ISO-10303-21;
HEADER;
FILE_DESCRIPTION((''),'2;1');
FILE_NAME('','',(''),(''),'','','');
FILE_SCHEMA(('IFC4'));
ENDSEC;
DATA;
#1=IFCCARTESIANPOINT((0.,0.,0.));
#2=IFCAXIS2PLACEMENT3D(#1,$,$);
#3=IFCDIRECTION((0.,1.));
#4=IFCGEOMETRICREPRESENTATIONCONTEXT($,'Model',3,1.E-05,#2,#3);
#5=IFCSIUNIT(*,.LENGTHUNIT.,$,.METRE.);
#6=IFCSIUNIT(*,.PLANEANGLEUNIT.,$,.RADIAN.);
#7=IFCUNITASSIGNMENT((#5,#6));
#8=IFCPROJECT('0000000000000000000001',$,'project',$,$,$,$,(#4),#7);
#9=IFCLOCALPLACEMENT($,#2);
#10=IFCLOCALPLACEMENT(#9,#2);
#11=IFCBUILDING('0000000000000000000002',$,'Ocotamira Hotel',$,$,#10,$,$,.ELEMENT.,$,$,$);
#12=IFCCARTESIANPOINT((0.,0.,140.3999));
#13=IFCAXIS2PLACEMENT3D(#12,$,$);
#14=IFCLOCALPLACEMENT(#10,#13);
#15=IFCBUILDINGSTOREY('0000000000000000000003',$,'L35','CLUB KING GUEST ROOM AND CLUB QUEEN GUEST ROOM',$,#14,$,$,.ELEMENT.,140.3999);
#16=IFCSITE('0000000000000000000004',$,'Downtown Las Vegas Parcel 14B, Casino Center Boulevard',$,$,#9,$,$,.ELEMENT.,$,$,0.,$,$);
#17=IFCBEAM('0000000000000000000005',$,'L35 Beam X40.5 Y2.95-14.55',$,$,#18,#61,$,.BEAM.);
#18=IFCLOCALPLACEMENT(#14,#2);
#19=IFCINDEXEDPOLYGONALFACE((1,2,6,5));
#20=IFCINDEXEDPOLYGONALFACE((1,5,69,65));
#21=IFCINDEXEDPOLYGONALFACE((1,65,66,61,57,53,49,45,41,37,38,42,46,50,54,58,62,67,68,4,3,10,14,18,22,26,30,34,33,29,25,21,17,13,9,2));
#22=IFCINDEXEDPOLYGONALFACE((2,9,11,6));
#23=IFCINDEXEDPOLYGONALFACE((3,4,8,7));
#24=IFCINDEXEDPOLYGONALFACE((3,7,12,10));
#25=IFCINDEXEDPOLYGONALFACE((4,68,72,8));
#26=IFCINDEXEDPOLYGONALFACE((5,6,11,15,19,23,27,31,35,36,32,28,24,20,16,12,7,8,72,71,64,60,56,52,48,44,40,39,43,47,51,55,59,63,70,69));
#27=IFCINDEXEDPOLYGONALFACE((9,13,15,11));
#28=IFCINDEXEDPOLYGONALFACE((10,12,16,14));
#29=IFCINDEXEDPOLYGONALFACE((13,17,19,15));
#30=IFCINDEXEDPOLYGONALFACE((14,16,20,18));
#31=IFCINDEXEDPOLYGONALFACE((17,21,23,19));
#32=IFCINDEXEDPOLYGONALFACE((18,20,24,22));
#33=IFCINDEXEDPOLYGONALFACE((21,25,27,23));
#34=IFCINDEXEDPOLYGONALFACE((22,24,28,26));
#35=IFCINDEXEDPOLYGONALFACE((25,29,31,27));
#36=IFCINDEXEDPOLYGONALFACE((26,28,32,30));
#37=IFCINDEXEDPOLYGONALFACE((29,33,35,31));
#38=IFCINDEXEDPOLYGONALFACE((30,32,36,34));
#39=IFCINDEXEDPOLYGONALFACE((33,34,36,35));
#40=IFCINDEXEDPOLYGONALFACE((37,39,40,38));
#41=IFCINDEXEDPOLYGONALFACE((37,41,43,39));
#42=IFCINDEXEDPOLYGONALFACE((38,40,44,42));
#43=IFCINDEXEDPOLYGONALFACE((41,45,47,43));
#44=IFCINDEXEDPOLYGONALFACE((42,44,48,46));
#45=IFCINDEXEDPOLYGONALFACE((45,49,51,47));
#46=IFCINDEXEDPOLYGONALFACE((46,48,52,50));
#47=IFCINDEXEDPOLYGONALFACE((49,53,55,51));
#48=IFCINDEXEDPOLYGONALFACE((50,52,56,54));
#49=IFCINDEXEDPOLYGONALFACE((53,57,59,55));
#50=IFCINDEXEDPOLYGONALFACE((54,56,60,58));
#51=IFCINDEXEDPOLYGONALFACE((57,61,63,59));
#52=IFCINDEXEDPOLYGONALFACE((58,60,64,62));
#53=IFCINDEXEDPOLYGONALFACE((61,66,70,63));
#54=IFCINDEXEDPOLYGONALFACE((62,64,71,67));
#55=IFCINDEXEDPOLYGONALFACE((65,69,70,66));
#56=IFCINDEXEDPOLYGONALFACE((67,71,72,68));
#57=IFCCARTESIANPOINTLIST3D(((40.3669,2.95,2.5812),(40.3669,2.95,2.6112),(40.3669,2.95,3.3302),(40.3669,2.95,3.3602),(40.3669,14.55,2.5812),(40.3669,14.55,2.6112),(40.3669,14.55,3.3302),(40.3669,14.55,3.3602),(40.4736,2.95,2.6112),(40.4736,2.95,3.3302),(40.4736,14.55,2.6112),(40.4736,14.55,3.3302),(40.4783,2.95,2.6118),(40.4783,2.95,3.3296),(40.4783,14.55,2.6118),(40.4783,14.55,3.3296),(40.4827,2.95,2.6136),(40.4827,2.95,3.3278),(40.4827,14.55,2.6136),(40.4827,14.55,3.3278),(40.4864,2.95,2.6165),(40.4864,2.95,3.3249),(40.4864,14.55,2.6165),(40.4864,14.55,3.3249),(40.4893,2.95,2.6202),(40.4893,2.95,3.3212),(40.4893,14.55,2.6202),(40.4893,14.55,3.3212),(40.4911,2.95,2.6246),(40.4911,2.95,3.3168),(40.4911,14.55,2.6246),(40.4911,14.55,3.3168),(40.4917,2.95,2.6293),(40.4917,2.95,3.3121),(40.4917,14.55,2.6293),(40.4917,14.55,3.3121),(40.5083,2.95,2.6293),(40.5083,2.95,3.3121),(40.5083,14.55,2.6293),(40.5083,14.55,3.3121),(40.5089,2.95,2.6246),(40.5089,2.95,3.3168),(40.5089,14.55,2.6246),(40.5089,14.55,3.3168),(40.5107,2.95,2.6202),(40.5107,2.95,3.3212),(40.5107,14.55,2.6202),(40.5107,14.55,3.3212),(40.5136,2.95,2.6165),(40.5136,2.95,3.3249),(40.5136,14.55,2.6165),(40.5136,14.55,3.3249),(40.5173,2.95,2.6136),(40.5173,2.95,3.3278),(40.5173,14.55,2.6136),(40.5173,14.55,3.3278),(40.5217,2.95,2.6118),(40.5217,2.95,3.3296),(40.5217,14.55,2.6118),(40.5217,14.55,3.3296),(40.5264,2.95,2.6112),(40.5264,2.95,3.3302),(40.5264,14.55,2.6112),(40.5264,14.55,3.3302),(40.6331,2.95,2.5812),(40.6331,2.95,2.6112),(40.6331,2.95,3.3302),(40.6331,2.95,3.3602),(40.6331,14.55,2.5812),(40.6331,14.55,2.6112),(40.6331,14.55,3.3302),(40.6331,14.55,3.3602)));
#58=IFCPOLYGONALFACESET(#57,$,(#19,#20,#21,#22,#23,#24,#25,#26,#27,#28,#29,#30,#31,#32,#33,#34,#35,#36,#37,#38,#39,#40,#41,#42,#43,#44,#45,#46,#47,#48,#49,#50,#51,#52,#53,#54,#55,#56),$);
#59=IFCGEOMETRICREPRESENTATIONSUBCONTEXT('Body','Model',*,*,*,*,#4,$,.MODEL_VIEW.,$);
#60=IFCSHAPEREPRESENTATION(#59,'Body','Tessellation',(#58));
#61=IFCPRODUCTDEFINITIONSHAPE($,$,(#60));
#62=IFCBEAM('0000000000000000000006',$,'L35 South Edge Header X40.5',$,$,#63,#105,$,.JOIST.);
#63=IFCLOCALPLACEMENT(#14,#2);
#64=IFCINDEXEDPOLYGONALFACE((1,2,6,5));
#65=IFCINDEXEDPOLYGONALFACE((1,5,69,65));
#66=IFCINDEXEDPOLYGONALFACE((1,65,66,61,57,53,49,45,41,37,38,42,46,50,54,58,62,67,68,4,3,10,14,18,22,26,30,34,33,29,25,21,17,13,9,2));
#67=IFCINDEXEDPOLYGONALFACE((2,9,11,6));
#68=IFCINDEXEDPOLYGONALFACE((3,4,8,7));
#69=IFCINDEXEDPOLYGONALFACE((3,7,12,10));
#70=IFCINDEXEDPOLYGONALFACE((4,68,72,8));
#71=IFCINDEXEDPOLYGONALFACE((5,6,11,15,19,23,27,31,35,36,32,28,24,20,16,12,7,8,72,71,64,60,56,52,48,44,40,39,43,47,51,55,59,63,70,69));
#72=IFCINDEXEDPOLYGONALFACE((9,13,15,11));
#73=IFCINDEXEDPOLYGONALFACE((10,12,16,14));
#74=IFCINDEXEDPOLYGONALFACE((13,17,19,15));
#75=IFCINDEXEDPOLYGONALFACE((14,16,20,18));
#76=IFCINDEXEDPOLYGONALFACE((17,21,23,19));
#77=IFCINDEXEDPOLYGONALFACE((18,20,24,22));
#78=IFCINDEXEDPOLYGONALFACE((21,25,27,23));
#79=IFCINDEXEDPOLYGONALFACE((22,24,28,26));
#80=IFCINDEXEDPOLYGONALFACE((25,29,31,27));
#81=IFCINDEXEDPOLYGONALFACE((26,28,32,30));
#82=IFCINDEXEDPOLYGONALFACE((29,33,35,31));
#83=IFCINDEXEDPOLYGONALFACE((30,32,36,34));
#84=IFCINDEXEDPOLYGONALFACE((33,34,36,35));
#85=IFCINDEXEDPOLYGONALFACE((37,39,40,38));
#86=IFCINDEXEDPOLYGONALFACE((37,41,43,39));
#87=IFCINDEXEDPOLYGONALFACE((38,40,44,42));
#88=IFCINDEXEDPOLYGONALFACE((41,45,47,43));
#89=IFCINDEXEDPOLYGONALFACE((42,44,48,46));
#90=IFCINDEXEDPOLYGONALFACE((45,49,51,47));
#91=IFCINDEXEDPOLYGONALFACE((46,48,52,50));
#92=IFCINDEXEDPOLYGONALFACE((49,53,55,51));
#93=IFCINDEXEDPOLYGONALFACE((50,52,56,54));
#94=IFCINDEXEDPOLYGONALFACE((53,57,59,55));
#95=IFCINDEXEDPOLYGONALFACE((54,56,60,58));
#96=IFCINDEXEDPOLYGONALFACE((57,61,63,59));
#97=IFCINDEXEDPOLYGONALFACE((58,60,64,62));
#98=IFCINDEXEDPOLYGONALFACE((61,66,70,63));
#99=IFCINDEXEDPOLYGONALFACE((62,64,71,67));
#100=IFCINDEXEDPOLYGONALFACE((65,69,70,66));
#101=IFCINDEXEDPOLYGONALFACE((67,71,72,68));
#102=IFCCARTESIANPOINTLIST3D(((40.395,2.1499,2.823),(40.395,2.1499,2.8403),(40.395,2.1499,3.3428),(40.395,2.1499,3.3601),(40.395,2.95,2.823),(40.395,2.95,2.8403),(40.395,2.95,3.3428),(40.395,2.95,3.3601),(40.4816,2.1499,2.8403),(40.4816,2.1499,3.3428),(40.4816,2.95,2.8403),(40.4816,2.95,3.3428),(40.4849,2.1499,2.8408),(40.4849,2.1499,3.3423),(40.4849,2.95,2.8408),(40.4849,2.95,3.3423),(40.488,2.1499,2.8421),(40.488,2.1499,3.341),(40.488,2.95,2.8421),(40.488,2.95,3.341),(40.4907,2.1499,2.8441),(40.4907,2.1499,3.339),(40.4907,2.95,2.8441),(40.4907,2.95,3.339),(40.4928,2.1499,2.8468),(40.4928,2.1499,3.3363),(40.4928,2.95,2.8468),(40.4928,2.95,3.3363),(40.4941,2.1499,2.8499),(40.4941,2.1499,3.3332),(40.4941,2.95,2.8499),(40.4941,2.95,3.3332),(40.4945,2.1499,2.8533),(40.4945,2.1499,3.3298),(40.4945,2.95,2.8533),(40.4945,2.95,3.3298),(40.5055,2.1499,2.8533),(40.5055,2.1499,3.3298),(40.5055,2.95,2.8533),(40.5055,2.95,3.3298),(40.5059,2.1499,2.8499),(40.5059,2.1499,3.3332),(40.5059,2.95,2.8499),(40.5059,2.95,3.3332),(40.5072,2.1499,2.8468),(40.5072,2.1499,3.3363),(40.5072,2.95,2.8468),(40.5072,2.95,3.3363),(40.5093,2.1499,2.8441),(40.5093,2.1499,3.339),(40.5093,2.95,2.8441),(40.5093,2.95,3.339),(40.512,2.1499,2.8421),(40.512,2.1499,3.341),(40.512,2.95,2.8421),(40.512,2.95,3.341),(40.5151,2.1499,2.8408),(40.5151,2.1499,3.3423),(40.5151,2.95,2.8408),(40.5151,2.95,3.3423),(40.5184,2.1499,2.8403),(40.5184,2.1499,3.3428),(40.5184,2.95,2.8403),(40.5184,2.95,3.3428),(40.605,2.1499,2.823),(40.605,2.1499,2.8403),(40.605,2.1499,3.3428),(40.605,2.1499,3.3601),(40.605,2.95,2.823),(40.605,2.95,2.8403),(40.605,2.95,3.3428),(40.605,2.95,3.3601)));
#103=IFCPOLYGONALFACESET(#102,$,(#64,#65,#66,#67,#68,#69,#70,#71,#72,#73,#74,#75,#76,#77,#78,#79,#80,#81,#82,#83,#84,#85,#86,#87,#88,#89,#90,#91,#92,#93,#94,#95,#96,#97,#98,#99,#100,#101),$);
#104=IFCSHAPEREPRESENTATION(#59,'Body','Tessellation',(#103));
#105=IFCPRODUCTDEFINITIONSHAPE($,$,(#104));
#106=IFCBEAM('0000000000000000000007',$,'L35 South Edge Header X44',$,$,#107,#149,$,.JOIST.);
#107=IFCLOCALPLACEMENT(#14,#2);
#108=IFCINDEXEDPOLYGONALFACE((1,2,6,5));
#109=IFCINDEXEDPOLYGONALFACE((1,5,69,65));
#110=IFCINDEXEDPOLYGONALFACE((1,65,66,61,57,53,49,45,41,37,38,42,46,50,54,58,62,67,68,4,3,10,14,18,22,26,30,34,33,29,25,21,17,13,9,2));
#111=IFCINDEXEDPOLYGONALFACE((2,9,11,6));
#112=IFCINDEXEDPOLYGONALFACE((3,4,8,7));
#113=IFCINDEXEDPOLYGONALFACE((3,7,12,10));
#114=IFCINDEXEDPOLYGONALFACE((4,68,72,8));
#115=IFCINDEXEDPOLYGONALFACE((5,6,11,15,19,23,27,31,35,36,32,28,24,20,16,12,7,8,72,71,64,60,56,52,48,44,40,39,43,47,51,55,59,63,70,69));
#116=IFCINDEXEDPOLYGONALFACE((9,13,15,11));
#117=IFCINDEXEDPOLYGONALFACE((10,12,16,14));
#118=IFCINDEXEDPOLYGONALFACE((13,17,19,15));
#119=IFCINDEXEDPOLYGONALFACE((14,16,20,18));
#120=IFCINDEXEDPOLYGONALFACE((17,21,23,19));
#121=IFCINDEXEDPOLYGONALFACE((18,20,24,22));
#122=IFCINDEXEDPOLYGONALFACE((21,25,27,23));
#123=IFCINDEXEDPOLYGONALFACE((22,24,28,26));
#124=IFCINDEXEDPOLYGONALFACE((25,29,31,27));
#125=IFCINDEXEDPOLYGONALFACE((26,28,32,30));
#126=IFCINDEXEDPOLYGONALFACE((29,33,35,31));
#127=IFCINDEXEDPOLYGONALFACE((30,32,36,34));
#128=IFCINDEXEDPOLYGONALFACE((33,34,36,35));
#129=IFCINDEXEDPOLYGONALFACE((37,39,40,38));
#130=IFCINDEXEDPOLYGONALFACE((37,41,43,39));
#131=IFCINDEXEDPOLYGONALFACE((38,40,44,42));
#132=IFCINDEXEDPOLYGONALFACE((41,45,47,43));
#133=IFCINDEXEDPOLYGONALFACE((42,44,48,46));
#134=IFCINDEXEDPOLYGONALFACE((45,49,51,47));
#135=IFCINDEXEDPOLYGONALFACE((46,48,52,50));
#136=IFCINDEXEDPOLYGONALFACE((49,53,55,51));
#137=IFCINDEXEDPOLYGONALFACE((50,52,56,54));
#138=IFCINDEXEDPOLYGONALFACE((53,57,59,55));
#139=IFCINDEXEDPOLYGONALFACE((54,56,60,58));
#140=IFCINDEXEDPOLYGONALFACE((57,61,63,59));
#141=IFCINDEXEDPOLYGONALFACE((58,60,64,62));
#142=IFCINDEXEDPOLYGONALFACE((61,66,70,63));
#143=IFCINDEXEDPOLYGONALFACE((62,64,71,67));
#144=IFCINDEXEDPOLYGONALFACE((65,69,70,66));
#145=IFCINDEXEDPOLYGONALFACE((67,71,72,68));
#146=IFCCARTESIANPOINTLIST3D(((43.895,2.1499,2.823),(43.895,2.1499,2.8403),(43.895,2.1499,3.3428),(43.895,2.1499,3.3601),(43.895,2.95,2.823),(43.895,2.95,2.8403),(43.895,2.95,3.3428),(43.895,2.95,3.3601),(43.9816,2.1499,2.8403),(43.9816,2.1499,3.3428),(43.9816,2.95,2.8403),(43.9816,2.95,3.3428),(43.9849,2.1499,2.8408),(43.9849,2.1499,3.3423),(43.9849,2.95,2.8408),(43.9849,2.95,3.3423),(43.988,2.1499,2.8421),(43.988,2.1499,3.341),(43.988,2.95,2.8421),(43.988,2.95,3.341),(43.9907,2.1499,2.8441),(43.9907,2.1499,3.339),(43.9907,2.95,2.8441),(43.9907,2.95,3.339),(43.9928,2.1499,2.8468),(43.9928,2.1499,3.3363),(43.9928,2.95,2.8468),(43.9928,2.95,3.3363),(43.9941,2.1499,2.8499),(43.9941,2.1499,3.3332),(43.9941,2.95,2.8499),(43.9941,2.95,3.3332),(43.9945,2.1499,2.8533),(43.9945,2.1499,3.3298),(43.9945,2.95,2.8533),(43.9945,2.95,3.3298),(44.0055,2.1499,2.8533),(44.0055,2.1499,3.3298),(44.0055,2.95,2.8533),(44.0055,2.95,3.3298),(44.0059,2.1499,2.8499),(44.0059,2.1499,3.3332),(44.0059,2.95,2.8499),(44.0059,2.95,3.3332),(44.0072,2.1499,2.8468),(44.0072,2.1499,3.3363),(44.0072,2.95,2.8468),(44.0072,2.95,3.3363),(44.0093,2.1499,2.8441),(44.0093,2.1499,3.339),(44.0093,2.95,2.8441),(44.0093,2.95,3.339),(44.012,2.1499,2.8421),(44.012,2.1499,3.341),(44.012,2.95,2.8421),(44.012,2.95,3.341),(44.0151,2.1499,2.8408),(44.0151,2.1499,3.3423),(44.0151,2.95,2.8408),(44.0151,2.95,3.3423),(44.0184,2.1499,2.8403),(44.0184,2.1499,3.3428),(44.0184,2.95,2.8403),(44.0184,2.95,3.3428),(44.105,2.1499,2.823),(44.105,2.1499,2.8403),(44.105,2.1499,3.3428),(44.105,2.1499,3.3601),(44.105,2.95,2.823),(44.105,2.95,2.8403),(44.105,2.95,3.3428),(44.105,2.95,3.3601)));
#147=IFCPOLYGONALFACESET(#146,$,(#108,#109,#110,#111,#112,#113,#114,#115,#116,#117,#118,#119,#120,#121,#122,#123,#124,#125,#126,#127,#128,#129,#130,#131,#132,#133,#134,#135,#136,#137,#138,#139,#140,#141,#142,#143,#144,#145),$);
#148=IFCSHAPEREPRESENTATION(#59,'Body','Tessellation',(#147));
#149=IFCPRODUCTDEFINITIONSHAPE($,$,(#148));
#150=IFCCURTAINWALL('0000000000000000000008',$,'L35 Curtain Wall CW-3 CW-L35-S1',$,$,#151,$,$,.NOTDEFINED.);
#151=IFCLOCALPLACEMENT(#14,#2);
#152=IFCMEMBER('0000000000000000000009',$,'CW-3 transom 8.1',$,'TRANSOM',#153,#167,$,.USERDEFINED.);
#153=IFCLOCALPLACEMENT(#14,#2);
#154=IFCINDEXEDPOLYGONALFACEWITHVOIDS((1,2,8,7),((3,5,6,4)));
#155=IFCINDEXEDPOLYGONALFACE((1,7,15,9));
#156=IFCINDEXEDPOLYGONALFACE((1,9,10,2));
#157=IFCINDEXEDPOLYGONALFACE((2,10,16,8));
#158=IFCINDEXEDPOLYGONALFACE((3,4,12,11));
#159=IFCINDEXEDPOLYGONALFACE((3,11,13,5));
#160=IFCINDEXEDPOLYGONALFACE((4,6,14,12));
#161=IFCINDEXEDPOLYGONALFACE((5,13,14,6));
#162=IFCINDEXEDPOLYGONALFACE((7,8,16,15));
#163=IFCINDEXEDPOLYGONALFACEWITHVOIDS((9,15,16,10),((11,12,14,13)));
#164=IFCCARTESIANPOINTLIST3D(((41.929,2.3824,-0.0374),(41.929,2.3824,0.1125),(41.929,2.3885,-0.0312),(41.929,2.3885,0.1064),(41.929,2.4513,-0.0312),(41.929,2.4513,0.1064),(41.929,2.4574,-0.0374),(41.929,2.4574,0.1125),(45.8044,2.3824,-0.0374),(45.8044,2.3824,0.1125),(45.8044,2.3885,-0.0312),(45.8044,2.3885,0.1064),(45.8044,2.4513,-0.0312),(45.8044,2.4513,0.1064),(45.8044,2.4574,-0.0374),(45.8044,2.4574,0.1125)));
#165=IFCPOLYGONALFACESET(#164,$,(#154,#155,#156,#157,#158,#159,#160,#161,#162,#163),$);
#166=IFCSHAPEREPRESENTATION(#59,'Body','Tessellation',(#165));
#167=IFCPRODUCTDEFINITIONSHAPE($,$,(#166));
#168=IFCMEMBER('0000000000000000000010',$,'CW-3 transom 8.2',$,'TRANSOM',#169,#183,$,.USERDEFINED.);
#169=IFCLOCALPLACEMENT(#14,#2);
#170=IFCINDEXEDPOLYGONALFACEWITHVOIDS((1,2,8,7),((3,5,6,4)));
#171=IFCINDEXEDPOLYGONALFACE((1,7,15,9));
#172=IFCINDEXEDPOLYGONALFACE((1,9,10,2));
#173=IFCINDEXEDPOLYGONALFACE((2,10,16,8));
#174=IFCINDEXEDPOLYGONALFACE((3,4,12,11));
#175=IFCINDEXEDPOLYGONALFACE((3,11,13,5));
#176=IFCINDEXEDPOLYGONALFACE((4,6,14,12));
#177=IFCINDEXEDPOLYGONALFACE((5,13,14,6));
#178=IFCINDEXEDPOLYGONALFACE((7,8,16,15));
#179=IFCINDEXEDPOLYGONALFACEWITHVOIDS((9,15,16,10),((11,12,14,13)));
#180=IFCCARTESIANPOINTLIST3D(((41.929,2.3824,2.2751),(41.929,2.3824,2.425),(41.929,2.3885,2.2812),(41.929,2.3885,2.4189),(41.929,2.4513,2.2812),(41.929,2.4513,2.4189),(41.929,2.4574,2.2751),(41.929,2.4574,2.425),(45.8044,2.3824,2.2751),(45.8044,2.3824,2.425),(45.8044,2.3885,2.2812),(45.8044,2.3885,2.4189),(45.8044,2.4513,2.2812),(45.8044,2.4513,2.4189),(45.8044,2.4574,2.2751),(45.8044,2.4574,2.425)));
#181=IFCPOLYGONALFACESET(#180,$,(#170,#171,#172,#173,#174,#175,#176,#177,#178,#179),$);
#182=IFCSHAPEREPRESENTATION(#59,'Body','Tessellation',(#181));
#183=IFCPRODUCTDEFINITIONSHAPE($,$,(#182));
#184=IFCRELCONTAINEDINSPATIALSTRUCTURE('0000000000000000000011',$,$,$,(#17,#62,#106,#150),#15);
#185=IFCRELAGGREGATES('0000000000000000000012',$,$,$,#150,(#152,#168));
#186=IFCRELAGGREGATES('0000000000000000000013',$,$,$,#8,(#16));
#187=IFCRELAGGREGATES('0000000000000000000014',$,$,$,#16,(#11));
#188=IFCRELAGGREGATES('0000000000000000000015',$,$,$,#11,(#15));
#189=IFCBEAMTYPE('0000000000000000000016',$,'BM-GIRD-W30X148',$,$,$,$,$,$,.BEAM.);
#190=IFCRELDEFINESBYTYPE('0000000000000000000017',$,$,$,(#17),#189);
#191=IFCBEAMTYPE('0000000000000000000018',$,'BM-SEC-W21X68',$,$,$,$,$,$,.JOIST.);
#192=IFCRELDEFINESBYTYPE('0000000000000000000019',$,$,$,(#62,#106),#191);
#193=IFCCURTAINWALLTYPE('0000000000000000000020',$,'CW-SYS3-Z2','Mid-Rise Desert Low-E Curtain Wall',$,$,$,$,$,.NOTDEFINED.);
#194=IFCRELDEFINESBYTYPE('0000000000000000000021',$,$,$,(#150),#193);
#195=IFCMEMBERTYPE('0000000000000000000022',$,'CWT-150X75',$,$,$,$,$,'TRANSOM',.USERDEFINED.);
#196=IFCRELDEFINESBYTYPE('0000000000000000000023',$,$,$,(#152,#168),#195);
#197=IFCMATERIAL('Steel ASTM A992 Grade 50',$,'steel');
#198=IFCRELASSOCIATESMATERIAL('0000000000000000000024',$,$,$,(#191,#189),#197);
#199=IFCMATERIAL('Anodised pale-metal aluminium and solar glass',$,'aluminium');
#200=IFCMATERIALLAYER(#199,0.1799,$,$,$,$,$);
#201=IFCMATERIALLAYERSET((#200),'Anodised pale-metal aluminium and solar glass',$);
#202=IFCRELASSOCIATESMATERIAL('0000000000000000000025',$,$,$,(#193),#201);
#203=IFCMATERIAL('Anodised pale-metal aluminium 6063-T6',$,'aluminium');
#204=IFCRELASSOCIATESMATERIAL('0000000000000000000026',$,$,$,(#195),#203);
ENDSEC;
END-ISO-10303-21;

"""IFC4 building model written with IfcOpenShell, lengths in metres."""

from ifc_helpers import new_model, si_unit, direction, frame, origin, origin_2d, place, context, subcontext, project, spatial, hollow_rectangle, i_section, extrude, source, transform, mapped, material, layer, layer_set, material_profile, profile_set, type_object, element, aggregate, save


model = new_model("IFC4")

# Units and contexts
model_context = context("Model", 3, precision=1e-05, world=origin(), true_north=direction((0.0, 1.0)))
body_context = subcontext(model_context, "Body", "Model", "MODEL_VIEW")
ifc_project = project(units=[si_unit("LENGTHUNIT", "METRE"), si_unit("PLANEANGLEUNIT", "RADIAN")], contexts=[model_context])

# Site, building, storey
site_placement = place(None, origin())
site = spatial("IfcSite", under=ifc_project, at=site_placement, Name="Downtown Las Vegas Parcel 14B, Casino Center Boulevard", CompositionType="ELEMENT", RefElevation=0.0)
building_placement = place(site_placement, origin())
building = spatial("IfcBuilding", under=site, at=building_placement, Name="Ocotamira Hotel", CompositionType="ELEMENT")
storey_placement = place(building_placement, frame((0.0, 0.0, 140.3999)))
storey = spatial("IfcBuildingStorey", under=building, at=storey_placement, Name="L35", Description="CLUB KING GUEST ROOM AND CLUB QUEEN GUEST ROOM", CompositionType="ELEMENT", Elevation=140.3999)

# Beams
ifc_material_1 = material(Name="Steel ASTM A992 Grade 50", Category="steel")
ifc_material_profile_1 = material_profile(ifc_material_1, i_section(OverallWidth=0.21, OverallDepth=0.5371, WebThickness=0.011, FlangeThickness=0.0173, FilletRadius=0.0129, at=origin_2d()), Name="W21X68")
ifc_profile_set_1 = profile_set([ifc_material_profile_1], Name="Steel ASTM A992 Grade 50")
beam_type_1 = type_object("IfcBeamType", Name="BM-SEC-W21X68", PredefinedType="JOIST", material=ifc_profile_set_1)
ifc_material_profile_2 = material_profile(ifc_material_1, i_section(OverallWidth=0.2661, OverallDepth=0.7791, WebThickness=0.0166, FlangeThickness=0.03, FilletRadius=0.0181, at=origin_2d()), Name="W30X148")
ifc_profile_set_2 = profile_set([ifc_material_profile_2], Name="Steel ASTM A992 Grade 50")
beam_type_2 = type_object("IfcBeamType", Name="BM-GIRD-W30X148", PredefinedType="BEAM", material=ifc_profile_set_2)
shared_shape_1 = source(origin(), body_context, "Body", "SweptSolid", [
    extrude(i_section(OverallWidth=0.2661, OverallDepth=0.7791, WebThickness=0.0166, FlangeThickness=0.03, FilletRadius=0.0181, at=origin_2d()), origin(), (0.0, 0.0, 1.0), 11.6001),
])
beam_1_placement = place(storey_placement, frame((40.5, 2.95, 2.9707), z_axis=(0.0, 1.0, 0.0), x_axis=(-1.0, 0.0, 0.0)))
element("IfcBeam", 1, at=beam_1_placement, inside=storey, type_object=beam_type_2, Name="L35 Beam X40.5 Y2.95-14.55", PredefinedType="BEAM", context=body_context, shape_type="MappedRepresentation", body=[
    mapped(shared_shape_1, transform((0.0, 0.0, 0.0), scale=1.0)),
])
shared_shape_2 = source(origin(), body_context, "Body", "SweptSolid", [
    extrude(i_section(OverallWidth=0.21, OverallDepth=0.5371, WebThickness=0.011, FlangeThickness=0.0173, FilletRadius=0.0129, at=origin_2d()), origin(), (0.0, 0.0, 1.0), 0.8),
])
for number, where, z_axis, x_axis, name in (
    (2, (40.5, 2.95, 3.0916), (0.0, -1.0, 0.0), (1.0, 0.0, 0.0), "L35 South Edge Header X40.5"),
    (3, (44.0, 2.95, 3.0916), (0.0, -1.0, 0.0), (1.0, 0.0, 0.0), "L35 South Edge Header X44"),
):
    element("IfcBeam", number, at=place(storey_placement, frame(where, z_axis=z_axis, x_axis=x_axis)), inside=storey, type_object=beam_type_1, Name=name, PredefinedType="JOIST", context=body_context, shape_type="MappedRepresentation", body=[
        mapped(shared_shape_2, transform((0.0, 0.0, 0.0), scale=1.0)),
    ])

# Curtain wall, members
ifc_material_2 = material(Name="Anodised pale-metal aluminium and solar glass", Category="aluminium")
ifc_layer_1 = layer(ifc_material_2, 0.1799)
ifc_layer_set_1 = layer_set([ifc_layer_1], Name="Anodised pale-metal aluminium and solar glass")
curtain_wall_type = type_object("IfcCurtainWallType", Name="CW-SYS3-Z2", Description="Mid-Rise Desert Low-E Curtain Wall", PredefinedType="NOTDEFINED", material=ifc_layer_set_1)
curtain_wall_placement = place(storey_placement, origin())
curtain_wall = element("IfcCurtainWall", 4, at=curtain_wall_placement, inside=storey, type_object=curtain_wall_type, Name="L35 Curtain Wall CW-3 CW-L35-S1", PredefinedType="NOTDEFINED")
ifc_material_3 = material(Name="Anodised pale-metal aluminium 6063-T6", Category="aluminium")
ifc_material_profile_3 = material_profile(ifc_material_3, hollow_rectangle(XDim=0.075, YDim=0.1499, WallThickness=0.0061, at=origin_2d()), Name="HSS150X75X6")
ifc_profile_set_3 = profile_set([ifc_material_profile_3], Name="Anodised pale-metal aluminium 6063-T6")
member_type_1 = type_object("IfcMemberType", Name="CWT-150X75", ElementType="TRANSOM", PredefinedType="USERDEFINED", material=ifc_profile_set_3)
shared_shape_3 = source(origin(), body_context, "Body", "SweptSolid", [
    extrude(hollow_rectangle(XDim=0.075, YDim=0.1499, WallThickness=0.0061, at=origin_2d()), origin(), (0.0, 0.0, 1.0), 3.8755),
])
member_1_placement = place(storey_placement, frame((41.929, 2.4199, 0.0376), z_axis=(1.0, 0.0, 0.0), x_axis=(0.0, 1.0, 0.0)))
member_1 = element("IfcMember", 5, at=member_1_placement, type_object=member_type_1, Name="CW-3 transom 8.1", ObjectType="TRANSOM", PredefinedType="USERDEFINED", context=body_context, shape_type="MappedRepresentation", body=[
    mapped(shared_shape_3, transform((0.0, 0.0, 0.0), scale=1.0)),
])
member_2_placement = place(storey_placement, frame((41.929, 2.4199, 2.3501), z_axis=(1.0, 0.0, 0.0), x_axis=(0.0, 1.0, 0.0)))
member_2 = element("IfcMember", 6, at=member_2_placement, type_object=member_type_1, Name="CW-3 transom 8.2", ObjectType="TRANSOM", PredefinedType="USERDEFINED", context=body_context, shape_type="MappedRepresentation", body=[
    mapped(shared_shape_3, transform((0.0, 0.0, 0.0), scale=1.0)),
])
aggregate(curtain_wall, [member_1, member_2])

save(model, "model.ifc")
